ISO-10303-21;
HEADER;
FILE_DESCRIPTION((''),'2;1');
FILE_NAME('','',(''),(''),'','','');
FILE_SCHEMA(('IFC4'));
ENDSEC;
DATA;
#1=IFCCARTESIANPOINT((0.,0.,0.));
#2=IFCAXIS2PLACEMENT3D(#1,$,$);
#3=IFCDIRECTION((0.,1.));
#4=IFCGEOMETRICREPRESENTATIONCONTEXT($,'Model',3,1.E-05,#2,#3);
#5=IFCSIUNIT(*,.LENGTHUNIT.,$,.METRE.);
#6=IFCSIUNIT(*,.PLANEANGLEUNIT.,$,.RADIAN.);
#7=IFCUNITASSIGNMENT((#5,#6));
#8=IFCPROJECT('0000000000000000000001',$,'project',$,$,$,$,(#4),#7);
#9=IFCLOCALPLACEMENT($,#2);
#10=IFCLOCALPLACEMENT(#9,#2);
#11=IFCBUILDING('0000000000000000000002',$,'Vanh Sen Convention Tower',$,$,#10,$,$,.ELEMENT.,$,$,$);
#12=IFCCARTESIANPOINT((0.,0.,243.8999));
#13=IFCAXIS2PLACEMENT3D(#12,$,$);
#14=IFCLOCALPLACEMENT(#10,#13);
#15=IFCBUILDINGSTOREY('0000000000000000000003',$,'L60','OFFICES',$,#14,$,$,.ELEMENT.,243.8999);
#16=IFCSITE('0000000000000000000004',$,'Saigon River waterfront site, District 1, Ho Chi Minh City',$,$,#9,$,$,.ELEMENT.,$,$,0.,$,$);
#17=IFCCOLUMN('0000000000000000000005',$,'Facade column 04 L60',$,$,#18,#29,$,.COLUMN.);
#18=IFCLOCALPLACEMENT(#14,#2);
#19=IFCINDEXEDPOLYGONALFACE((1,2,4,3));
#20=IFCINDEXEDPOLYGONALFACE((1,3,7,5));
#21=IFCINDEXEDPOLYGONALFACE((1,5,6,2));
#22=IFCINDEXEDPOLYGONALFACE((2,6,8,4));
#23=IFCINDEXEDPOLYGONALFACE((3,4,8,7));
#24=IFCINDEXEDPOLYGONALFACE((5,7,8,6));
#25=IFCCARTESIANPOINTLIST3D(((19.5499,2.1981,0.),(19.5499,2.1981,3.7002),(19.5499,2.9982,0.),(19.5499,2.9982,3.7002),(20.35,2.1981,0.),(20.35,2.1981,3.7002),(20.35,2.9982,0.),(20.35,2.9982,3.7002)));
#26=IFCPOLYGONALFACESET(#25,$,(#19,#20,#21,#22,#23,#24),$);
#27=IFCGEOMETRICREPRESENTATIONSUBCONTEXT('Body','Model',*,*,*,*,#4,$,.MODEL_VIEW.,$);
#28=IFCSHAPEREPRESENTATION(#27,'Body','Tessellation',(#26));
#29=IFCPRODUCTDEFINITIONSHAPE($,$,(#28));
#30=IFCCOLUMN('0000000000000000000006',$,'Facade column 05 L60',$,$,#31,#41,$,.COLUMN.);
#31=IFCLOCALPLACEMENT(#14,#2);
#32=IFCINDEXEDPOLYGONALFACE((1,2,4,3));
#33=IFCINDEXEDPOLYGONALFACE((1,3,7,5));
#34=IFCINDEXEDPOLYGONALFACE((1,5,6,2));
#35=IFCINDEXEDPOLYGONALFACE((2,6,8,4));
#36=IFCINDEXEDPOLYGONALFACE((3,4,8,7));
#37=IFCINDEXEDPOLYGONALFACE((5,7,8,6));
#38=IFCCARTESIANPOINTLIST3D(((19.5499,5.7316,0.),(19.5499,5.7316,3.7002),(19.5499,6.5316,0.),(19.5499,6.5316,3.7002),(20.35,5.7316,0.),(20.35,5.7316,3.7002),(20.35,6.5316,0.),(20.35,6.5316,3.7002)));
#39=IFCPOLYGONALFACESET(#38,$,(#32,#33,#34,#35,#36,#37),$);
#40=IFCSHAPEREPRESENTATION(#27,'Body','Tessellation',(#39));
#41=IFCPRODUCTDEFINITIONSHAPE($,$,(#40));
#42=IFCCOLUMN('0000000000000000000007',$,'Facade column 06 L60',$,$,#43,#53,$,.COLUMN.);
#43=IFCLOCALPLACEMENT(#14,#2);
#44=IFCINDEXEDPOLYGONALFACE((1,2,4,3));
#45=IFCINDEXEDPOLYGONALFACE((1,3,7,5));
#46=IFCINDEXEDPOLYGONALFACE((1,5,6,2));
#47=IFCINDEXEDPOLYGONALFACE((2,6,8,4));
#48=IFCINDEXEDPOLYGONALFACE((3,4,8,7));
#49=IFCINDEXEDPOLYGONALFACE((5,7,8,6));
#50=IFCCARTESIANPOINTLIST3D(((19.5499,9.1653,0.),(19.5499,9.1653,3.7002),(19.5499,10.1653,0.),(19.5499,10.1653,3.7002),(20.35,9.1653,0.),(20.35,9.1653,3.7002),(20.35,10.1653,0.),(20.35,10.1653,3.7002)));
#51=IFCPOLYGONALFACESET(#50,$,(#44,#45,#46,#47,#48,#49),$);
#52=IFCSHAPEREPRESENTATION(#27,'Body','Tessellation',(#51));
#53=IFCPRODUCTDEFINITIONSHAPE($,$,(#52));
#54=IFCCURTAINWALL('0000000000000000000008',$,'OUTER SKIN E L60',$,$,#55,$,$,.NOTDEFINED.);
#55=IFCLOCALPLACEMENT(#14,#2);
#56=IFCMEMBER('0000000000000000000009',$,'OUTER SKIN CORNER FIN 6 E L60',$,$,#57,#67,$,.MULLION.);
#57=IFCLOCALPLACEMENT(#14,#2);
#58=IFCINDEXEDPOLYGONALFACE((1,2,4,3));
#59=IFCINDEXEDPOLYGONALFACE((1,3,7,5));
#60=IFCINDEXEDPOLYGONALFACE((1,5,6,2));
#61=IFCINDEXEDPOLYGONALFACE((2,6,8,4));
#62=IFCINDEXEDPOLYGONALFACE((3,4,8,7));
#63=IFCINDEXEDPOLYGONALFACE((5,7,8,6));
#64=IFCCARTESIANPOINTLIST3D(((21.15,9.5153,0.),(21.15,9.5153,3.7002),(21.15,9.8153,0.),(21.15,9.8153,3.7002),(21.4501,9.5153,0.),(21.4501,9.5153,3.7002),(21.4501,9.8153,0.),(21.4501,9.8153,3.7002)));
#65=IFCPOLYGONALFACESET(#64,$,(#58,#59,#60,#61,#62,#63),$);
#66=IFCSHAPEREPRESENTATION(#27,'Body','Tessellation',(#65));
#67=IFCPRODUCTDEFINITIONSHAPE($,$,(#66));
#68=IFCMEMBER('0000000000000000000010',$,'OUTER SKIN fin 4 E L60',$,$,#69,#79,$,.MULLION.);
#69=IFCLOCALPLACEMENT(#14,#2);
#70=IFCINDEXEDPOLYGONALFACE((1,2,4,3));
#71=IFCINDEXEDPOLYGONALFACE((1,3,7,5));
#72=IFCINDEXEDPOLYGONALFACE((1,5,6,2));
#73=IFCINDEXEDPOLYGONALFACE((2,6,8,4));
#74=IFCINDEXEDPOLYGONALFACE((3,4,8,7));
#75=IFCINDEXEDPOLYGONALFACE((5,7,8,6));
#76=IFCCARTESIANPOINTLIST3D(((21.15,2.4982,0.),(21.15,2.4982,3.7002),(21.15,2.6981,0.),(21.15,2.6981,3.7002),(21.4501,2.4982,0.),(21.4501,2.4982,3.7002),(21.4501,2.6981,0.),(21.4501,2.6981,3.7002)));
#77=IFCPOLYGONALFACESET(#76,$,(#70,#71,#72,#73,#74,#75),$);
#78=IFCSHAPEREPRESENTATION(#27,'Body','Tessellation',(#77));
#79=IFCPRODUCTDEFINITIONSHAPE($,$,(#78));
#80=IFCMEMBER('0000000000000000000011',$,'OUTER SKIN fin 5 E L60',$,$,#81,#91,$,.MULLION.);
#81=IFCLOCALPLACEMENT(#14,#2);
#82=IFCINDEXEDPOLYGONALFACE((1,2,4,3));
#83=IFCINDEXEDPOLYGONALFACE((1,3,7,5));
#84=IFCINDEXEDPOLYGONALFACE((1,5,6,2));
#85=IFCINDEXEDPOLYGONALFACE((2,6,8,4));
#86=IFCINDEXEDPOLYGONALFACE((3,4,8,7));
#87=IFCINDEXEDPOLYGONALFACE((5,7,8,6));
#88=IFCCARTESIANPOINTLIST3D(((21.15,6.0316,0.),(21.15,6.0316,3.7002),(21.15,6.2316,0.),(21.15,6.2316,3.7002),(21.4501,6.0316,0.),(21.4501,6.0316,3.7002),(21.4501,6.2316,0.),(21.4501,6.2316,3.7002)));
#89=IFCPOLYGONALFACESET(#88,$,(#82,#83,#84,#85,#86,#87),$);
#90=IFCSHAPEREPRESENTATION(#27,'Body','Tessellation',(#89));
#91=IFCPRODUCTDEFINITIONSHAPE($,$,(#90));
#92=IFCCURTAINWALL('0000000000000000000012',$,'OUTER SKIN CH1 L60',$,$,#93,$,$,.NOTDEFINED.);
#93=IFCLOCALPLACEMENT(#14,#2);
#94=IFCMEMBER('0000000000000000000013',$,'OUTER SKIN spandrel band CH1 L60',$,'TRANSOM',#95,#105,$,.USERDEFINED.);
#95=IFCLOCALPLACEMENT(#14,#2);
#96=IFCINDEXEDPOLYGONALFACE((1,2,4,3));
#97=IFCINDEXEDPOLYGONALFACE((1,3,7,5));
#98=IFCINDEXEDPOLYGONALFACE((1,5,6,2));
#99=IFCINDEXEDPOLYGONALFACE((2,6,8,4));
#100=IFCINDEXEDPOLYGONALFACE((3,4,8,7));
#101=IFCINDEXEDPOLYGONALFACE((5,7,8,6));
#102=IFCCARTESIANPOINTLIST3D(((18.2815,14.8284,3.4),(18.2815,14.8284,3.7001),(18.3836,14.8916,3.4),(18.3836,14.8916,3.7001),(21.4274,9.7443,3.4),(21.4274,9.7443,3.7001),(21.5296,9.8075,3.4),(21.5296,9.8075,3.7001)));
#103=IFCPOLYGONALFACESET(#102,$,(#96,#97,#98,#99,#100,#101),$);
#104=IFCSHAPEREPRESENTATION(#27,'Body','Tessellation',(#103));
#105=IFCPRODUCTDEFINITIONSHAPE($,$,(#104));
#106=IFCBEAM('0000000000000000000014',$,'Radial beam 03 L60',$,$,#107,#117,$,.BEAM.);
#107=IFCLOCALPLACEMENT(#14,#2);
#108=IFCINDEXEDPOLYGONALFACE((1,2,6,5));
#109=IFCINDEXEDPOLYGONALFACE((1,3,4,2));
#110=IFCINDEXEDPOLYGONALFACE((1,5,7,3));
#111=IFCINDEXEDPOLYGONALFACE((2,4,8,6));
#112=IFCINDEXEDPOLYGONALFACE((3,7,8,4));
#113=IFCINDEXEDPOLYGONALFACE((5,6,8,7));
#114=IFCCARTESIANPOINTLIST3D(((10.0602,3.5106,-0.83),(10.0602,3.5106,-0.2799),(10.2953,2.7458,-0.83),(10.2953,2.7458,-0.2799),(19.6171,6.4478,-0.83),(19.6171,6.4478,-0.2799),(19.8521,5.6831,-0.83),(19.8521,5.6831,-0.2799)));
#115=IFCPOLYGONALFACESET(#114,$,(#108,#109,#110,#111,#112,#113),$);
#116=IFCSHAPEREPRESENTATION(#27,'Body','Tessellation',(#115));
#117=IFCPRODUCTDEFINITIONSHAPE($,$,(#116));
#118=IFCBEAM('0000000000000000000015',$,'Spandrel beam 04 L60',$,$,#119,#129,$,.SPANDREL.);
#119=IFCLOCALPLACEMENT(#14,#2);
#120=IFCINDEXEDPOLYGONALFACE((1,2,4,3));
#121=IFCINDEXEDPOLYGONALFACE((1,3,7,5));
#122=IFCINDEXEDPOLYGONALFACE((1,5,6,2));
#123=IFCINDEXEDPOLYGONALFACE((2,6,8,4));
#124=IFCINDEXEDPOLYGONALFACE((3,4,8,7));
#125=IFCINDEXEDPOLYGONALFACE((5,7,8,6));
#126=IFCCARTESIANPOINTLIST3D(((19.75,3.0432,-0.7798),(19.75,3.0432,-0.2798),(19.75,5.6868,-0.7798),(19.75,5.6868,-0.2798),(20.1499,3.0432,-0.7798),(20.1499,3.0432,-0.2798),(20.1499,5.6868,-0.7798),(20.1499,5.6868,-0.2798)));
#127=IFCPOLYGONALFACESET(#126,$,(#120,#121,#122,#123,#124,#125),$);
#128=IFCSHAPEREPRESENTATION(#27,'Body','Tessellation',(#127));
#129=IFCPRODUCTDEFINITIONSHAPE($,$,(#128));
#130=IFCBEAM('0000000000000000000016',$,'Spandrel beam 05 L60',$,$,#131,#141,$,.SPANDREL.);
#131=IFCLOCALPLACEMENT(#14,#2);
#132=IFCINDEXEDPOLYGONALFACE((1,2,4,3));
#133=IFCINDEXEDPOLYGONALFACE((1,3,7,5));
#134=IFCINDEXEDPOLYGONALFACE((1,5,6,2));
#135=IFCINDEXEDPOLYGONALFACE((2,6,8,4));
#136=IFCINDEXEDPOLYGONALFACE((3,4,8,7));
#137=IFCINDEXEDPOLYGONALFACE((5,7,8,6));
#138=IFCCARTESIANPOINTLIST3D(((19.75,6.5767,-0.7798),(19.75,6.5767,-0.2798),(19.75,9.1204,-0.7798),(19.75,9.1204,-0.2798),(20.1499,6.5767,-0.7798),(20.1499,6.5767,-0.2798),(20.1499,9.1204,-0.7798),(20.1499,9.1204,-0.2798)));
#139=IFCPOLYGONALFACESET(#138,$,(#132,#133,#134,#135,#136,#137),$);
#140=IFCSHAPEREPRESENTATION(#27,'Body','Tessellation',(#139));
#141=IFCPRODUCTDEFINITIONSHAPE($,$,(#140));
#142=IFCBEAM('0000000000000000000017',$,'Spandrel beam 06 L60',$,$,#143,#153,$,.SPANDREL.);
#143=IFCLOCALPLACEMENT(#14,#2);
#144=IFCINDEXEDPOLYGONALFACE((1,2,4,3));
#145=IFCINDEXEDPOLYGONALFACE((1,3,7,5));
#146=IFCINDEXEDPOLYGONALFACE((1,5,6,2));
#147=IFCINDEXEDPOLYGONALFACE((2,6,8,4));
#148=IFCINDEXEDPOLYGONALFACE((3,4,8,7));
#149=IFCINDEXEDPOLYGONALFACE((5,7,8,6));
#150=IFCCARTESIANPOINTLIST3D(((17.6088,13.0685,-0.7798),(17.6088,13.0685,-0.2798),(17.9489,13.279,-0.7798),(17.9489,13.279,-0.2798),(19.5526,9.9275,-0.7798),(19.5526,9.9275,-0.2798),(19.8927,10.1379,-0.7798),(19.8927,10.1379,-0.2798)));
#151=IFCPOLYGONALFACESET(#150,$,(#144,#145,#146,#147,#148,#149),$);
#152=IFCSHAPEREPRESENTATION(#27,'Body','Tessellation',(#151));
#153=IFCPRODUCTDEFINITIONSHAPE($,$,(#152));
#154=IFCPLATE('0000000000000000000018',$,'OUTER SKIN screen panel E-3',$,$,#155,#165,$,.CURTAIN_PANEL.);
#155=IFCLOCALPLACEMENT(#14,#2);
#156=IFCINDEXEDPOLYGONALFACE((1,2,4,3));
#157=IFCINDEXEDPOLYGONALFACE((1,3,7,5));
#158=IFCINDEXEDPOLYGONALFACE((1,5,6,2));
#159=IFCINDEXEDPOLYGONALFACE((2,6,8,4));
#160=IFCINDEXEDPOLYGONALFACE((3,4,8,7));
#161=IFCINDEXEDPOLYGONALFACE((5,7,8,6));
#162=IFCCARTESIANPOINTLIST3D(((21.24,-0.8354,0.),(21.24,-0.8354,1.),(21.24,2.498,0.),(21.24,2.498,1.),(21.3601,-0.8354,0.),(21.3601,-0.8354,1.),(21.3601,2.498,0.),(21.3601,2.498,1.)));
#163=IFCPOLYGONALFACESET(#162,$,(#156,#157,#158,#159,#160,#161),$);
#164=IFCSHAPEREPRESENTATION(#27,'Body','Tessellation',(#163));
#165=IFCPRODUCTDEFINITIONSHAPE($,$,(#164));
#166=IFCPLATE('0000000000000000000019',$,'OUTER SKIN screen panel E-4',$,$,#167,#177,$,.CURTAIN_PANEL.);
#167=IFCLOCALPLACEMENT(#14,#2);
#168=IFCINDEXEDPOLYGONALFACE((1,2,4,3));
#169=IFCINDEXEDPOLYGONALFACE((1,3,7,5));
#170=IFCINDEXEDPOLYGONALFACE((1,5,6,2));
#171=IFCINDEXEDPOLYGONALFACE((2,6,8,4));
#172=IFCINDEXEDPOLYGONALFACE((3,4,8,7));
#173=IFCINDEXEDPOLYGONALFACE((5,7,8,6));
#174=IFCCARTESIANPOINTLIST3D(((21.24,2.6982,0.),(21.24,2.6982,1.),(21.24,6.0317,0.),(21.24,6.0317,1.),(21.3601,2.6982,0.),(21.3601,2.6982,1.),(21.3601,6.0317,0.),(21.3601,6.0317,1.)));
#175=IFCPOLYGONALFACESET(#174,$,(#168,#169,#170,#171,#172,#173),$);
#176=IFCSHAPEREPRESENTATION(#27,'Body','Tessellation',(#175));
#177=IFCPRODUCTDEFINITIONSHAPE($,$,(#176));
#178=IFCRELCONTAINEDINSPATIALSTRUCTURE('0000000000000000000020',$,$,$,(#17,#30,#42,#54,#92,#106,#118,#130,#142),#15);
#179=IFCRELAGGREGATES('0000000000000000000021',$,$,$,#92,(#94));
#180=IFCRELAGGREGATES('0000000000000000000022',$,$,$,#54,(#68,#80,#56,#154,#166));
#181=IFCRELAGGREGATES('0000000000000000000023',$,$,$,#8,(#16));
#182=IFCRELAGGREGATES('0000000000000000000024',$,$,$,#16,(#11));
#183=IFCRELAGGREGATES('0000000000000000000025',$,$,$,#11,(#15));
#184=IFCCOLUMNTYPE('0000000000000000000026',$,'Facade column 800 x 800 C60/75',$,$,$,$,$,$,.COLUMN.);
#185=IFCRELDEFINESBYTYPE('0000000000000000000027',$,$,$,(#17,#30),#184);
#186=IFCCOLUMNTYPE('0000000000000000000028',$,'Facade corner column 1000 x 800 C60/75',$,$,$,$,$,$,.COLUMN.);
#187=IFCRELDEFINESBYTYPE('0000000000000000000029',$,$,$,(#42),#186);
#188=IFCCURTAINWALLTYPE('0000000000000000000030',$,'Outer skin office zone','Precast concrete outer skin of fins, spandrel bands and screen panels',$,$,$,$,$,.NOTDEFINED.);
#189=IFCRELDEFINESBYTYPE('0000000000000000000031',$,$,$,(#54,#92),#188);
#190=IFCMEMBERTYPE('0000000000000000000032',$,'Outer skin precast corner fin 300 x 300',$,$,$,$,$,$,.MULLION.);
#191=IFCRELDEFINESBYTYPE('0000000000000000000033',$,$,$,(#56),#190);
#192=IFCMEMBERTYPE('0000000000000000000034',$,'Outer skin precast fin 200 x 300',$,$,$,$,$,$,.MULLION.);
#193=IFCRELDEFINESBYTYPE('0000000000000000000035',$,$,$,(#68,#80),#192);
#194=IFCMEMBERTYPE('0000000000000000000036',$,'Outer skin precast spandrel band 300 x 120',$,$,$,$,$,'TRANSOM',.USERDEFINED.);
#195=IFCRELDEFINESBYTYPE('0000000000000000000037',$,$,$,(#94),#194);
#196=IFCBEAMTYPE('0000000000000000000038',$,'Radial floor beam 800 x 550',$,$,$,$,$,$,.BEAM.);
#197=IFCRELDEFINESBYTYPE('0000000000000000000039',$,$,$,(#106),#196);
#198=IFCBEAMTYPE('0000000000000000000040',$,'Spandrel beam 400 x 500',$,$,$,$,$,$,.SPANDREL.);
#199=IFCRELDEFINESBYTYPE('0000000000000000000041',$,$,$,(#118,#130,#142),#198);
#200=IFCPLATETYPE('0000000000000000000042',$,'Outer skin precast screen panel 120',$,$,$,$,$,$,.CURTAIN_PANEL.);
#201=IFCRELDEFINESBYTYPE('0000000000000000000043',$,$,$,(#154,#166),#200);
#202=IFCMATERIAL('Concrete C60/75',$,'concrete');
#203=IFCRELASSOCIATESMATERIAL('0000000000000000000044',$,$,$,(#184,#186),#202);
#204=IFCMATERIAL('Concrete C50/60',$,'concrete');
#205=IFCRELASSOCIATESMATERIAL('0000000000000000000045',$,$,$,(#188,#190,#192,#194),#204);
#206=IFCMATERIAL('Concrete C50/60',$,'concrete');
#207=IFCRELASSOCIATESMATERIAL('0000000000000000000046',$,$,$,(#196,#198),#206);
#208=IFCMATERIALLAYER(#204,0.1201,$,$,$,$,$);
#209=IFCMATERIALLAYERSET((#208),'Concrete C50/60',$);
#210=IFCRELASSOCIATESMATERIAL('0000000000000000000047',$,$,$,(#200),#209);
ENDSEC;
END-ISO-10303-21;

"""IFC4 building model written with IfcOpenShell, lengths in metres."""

from ifc_helpers import new_model, si_unit, direction, frame, origin, origin_2d, place, context, subcontext, project, spatial, rectangle, extrude, material, layer, layer_set, material_profile, profile_set, type_object, element, aggregate, save


model = new_model("IFC4")

# Units and contexts
model_context = context("Model", 3, precision=1e-05, world=origin(), true_north=direction((0.0, 1.0)))
body_context = subcontext(model_context, "Body", "Model", "MODEL_VIEW")
ifc_project = project(units=[si_unit("LENGTHUNIT", "METRE"), si_unit("PLANEANGLEUNIT", "RADIAN")], contexts=[model_context])

# Site, building, storey
site_placement = place(None, origin())
site = spatial("IfcSite", under=ifc_project, at=site_placement, Name="Saigon River waterfront site, District 1, Ho Chi Minh City", CompositionType="ELEMENT", RefElevation=0.0)
building_placement = place(site_placement, origin())
building = spatial("IfcBuilding", under=site, at=building_placement, Name="Vanh Sen Convention Tower", CompositionType="ELEMENT")
storey_placement = place(building_placement, frame((0.0, 0.0, 243.8999)))
storey = spatial("IfcBuildingStorey", under=building, at=storey_placement, Name="L60", Description="OFFICES", CompositionType="ELEMENT", Elevation=243.8999)

# Columns
ifc_material_1 = material(Name="Concrete C60/75", Category="concrete")
ifc_material_profile_1 = material_profile(ifc_material_1, rectangle(XDim=0.8, YDim=0.8, at=origin_2d()), Name="RC 800X800")
ifc_profile_set_1 = profile_set([ifc_material_profile_1], Name="Concrete C60/75")
column_type_1 = type_object("IfcColumnType", Name="Facade column 800 x 800 C60/75", PredefinedType="COLUMN", material=ifc_profile_set_1)
for number, where, z_axis, x_axis, name in (
    (1, (19.95, 2.5981, 0.0), (0.0, 0.0, 1.0), (0.0, 1.0, 0.0), "Facade column 04 L60"),
    (2, (19.95, 6.1316, 0.0), (0.0, 0.0, 1.0), (0.0, 1.0, 0.0), "Facade column 05 L60"),
):
    element("IfcColumn", number, at=place(storey_placement, frame(where, z_axis=z_axis, x_axis=x_axis)), inside=storey, type_object=column_type_1, Name=name, PredefinedType="COLUMN", context=body_context, shape_type="SweptSolid", body=[
        extrude(rectangle(XDim=0.8, YDim=0.8, at=origin_2d()), origin(), (0.0, 0.0, 1.0), 3.7002),
    ])
ifc_material_profile_2 = material_profile(ifc_material_1, rectangle(XDim=1.0, YDim=0.8, at=origin_2d()), Name="RC 1000X800")
ifc_profile_set_2 = profile_set([ifc_material_profile_2], Name="Concrete C60/75")
column_type_2 = type_object("IfcColumnType", Name="Facade corner column 1000 x 800 C60/75", PredefinedType="COLUMN", material=ifc_profile_set_2)
column_placement = place(storey_placement, frame((19.95, 9.6653, 0.0), z_axis=(0.0, 0.0, 1.0), x_axis=(0.0, 1.0, 0.0)))
element("IfcColumn", 3, at=column_placement, inside=storey, type_object=column_type_2, Name="Facade column 06 L60", PredefinedType="COLUMN", context=body_context, shape_type="SweptSolid", body=[
    extrude(rectangle(XDim=1.0, YDim=0.8, at=origin_2d()), origin(), (0.0, 0.0, 1.0), 3.7002),
])

# Curtain wall, members
ifc_material_2 = material(Name="Concrete C50/60", Category="concrete")
curtain_wall_type = type_object("IfcCurtainWallType", Name="Outer skin office zone", Description="Precast concrete outer skin of fins, spandrel bands and screen panels", PredefinedType="NOTDEFINED", material=ifc_material_2)
curtain_wall_1_placement = place(storey_placement, origin())
curtain_wall_1 = element("IfcCurtainWall", 4, at=curtain_wall_1_placement, inside=storey, type_object=curtain_wall_type, Name="OUTER SKIN E L60", PredefinedType="NOTDEFINED")
ifc_material_profile_3 = material_profile(ifc_material_2, rectangle(XDim=0.3, YDim=0.3, at=origin_2d()), Name="Outer skin precast corner fin 300 x 300")
ifc_profile_set_3 = profile_set([ifc_material_profile_3], Name="Concrete C50/60")
member_type_1 = type_object("IfcMemberType", Name="Outer skin precast corner fin 300 x 300", PredefinedType="MULLION", material=ifc_profile_set_3)
member_1_placement = place(storey_placement, frame((21.3, 9.6653, 0.0), z_axis=(0.0, 0.0, 1.0), x_axis=(0.0, 1.0, 0.0)))
member_1 = element("IfcMember", 5, at=member_1_placement, type_object=member_type_1, Name="OUTER SKIN CORNER FIN 6 E L60", PredefinedType="MULLION", context=body_context, shape_type="SweptSolid", body=[
    extrude(rectangle(XDim=0.3, YDim=0.3, at=origin_2d()), origin(), (0.0, 0.0, 1.0), 3.7002),
])
ifc_material_profile_4 = material_profile(ifc_material_2, rectangle(XDim=0.2, YDim=0.3, at=origin_2d()), Name="Outer skin precast fin 200 x 300")
ifc_profile_set_4 = profile_set([ifc_material_profile_4], Name="Concrete C50/60")
member_type_2 = type_object("IfcMemberType", Name="Outer skin precast fin 200 x 300", PredefinedType="MULLION", material=ifc_profile_set_4)
member_2_placement = place(storey_placement, frame((21.3, 2.5981, 0.0), z_axis=(0.0, 0.0, 1.0), x_axis=(0.0, 1.0, 0.0)))
member_2 = element("IfcMember", 6, at=member_2_placement, type_object=member_type_2, Name="OUTER SKIN fin 4 E L60", PredefinedType="MULLION", context=body_context, shape_type="SweptSolid", body=[
    extrude(rectangle(XDim=0.2, YDim=0.3, at=origin_2d()), origin(), (0.0, 0.0, 1.0), 3.7002),
])
member_3_placement = place(storey_placement, frame((21.3, 6.1316, 0.0), z_axis=(0.0, 0.0, 1.0), x_axis=(0.0, 1.0, 0.0)))
member_3 = element("IfcMember", 7, at=member_3_placement, type_object=member_type_2, Name="OUTER SKIN fin 5 E L60", PredefinedType="MULLION", context=body_context, shape_type="SweptSolid", body=[
    extrude(rectangle(XDim=0.2, YDim=0.3, at=origin_2d()), origin(), (0.0, 0.0, 1.0), 3.7002),
])

# Curtain wall, member
curtain_wall_2_placement = place(storey_placement, origin())
curtain_wall_2 = element("IfcCurtainWall", 8, at=curtain_wall_2_placement, inside=storey, type_object=curtain_wall_type, Name="OUTER SKIN CH1 L60", PredefinedType="NOTDEFINED")
ifc_material_profile_5 = material_profile(ifc_material_2, rectangle(XDim=0.1201, YDim=0.3, at=origin_2d()), Name="Outer skin precast spandrel band 300 x 120")
ifc_profile_set_5 = profile_set([ifc_material_profile_5], Name="Concrete C50/60")
member_type_3 = type_object("IfcMemberType", Name="Outer skin precast spandrel band 300 x 120", ElementType="TRANSOM", PredefinedType="USERDEFINED", material=ifc_profile_set_5)
member_4_placement = place(storey_placement, frame((21.4785, 9.7759, 3.55), z_axis=(-0.526187, 0.850369, 0.0), x_axis=(-0.850369, -0.526187, 0.0)))
member_4 = element("IfcMember", 9, at=member_4_placement, type_object=member_type_3, Name="OUTER SKIN spandrel band CH1 L60", ObjectType="TRANSOM", PredefinedType="USERDEFINED", context=body_context, shape_type="SweptSolid", body=[
    extrude(rectangle(XDim=0.1201, YDim=0.3, at=origin_2d()), origin(), (0.0, 0.0, 1.0), 5.9788),
])
aggregate(curtain_wall_2, [member_4])

# Beams
ifc_material_3 = material(Name="Concrete C50/60", Category="concrete")
ifc_material_profile_6 = material_profile(ifc_material_3, rectangle(XDim=0.8, YDim=0.55, at=origin_2d()), Name="RC 800X550")
ifc_profile_set_6 = profile_set([ifc_material_profile_6], Name="Concrete C50/60")
beam_type_1 = type_object("IfcBeamType", Name="Radial floor beam 800 x 550", PredefinedType="BEAM", material=ifc_profile_set_6)
beam_1_placement = place(storey_placement, frame((19.7346, 6.0654, -0.5549), z_axis=(-0.955872, -0.293782, 0.0), x_axis=(0.293782, -0.955872, 0.0)))
element("IfcBeam", 10, at=beam_1_placement, inside=storey, type_object=beam_type_1, Name="Radial beam 03 L60", PredefinedType="BEAM", context=body_context, shape_type="SweptSolid", body=[
    extrude(rectangle(XDim=0.8, YDim=0.55, at=origin_2d()), origin(), (0.0, 0.0, 1.0), 9.998),
])
ifc_material_profile_7 = material_profile(ifc_material_3, rectangle(XDim=0.3999, YDim=0.5, at=origin_2d()), Name="RC 400X500")
ifc_profile_set_7 = profile_set([ifc_material_profile_7], Name="Concrete C50/60")
beam_type_2 = type_object("IfcBeamType", Name="Spandrel beam 400 x 500", PredefinedType="SPANDREL", material=ifc_profile_set_7)
beam_2_placement = place(storey_placement, frame((19.95, 3.0432, -0.5298), z_axis=(0.0, 1.0, 0.0), x_axis=(-1.0, 0.0, 0.0)))
element("IfcBeam", 11, at=beam_2_placement, inside=storey, type_object=beam_type_2, Name="Spandrel beam 04 L60", PredefinedType="SPANDREL", context=body_context, shape_type="SweptSolid", body=[
    extrude(rectangle(XDim=0.3999, YDim=0.5, at=origin_2d()), origin(), (0.0, 0.0, 1.0), 2.6436),
])
beam_3_placement = place(storey_placement, frame((19.95, 6.5767, -0.5298), z_axis=(0.0, 1.0, 0.0), x_axis=(-1.0, 0.0, 0.0)))
element("IfcBeam", 12, at=beam_3_placement, inside=storey, type_object=beam_type_2, Name="Spandrel beam 05 L60", PredefinedType="SPANDREL", context=body_context, shape_type="SweptSolid", body=[
    extrude(rectangle(XDim=0.3999, YDim=0.5, at=origin_2d()), origin(), (0.0, 0.0, 1.0), 2.5437),
])
beam_4_placement = place(storey_placement, frame((19.7227, 10.0327, -0.5298), z_axis=(-0.526227, 0.850344, 0.0), x_axis=(-0.850344, -0.526227, 0.0)))
element("IfcBeam", 13, at=beam_4_placement, inside=storey, type_object=beam_type_2, Name="Spandrel beam 06 L60", PredefinedType="SPANDREL", context=body_context, shape_type="SweptSolid", body=[
    extrude(rectangle(XDim=0.3999, YDim=0.5, at=origin_2d()), origin(), (0.0, 0.0, 1.0), 3.6938),
])

# Plates
ifc_layer_1 = layer(ifc_material_2, 0.1201)
ifc_layer_set_1 = layer_set([ifc_layer_1], Name="Concrete C50/60")
plate_type = type_object("IfcPlateType", Name="Outer skin precast screen panel 120", PredefinedType="CURTAIN_PANEL", material=ifc_layer_set_1)
plate_1_placement = place(storey_placement, frame((21.3, 0.8313, 0.0), z_axis=(0.0, 0.0, 1.0), x_axis=(0.0, 1.0, 0.0)))
plate_1 = element("IfcPlate", 14, at=plate_1_placement, type_object=plate_type, Name="OUTER SKIN screen panel E-3", PredefinedType="CURTAIN_PANEL", context=body_context, shape_type="SweptSolid", body=[
    extrude(rectangle(XDim=3.3335, YDim=0.1201, at=origin_2d()), origin(), (0.0, 0.0, 1.0), 1.0),
])
plate_2_placement = place(storey_placement, frame((21.3, 4.365, 0.0), z_axis=(0.0, 0.0, 1.0), x_axis=(0.0, 1.0, 0.0)))
plate_2 = element("IfcPlate", 15, at=plate_2_placement, type_object=plate_type, Name="OUTER SKIN screen panel E-4", PredefinedType="CURTAIN_PANEL", context=body_context, shape_type="SweptSolid", body=[
    extrude(rectangle(XDim=3.3335, YDim=0.1201, at=origin_2d()), origin(), (0.0, 0.0, 1.0), 1.0),
])
aggregate(curtain_wall_1, [member_2, member_3, member_1, plate_1, plate_2])

save(model, "model.ifc")
